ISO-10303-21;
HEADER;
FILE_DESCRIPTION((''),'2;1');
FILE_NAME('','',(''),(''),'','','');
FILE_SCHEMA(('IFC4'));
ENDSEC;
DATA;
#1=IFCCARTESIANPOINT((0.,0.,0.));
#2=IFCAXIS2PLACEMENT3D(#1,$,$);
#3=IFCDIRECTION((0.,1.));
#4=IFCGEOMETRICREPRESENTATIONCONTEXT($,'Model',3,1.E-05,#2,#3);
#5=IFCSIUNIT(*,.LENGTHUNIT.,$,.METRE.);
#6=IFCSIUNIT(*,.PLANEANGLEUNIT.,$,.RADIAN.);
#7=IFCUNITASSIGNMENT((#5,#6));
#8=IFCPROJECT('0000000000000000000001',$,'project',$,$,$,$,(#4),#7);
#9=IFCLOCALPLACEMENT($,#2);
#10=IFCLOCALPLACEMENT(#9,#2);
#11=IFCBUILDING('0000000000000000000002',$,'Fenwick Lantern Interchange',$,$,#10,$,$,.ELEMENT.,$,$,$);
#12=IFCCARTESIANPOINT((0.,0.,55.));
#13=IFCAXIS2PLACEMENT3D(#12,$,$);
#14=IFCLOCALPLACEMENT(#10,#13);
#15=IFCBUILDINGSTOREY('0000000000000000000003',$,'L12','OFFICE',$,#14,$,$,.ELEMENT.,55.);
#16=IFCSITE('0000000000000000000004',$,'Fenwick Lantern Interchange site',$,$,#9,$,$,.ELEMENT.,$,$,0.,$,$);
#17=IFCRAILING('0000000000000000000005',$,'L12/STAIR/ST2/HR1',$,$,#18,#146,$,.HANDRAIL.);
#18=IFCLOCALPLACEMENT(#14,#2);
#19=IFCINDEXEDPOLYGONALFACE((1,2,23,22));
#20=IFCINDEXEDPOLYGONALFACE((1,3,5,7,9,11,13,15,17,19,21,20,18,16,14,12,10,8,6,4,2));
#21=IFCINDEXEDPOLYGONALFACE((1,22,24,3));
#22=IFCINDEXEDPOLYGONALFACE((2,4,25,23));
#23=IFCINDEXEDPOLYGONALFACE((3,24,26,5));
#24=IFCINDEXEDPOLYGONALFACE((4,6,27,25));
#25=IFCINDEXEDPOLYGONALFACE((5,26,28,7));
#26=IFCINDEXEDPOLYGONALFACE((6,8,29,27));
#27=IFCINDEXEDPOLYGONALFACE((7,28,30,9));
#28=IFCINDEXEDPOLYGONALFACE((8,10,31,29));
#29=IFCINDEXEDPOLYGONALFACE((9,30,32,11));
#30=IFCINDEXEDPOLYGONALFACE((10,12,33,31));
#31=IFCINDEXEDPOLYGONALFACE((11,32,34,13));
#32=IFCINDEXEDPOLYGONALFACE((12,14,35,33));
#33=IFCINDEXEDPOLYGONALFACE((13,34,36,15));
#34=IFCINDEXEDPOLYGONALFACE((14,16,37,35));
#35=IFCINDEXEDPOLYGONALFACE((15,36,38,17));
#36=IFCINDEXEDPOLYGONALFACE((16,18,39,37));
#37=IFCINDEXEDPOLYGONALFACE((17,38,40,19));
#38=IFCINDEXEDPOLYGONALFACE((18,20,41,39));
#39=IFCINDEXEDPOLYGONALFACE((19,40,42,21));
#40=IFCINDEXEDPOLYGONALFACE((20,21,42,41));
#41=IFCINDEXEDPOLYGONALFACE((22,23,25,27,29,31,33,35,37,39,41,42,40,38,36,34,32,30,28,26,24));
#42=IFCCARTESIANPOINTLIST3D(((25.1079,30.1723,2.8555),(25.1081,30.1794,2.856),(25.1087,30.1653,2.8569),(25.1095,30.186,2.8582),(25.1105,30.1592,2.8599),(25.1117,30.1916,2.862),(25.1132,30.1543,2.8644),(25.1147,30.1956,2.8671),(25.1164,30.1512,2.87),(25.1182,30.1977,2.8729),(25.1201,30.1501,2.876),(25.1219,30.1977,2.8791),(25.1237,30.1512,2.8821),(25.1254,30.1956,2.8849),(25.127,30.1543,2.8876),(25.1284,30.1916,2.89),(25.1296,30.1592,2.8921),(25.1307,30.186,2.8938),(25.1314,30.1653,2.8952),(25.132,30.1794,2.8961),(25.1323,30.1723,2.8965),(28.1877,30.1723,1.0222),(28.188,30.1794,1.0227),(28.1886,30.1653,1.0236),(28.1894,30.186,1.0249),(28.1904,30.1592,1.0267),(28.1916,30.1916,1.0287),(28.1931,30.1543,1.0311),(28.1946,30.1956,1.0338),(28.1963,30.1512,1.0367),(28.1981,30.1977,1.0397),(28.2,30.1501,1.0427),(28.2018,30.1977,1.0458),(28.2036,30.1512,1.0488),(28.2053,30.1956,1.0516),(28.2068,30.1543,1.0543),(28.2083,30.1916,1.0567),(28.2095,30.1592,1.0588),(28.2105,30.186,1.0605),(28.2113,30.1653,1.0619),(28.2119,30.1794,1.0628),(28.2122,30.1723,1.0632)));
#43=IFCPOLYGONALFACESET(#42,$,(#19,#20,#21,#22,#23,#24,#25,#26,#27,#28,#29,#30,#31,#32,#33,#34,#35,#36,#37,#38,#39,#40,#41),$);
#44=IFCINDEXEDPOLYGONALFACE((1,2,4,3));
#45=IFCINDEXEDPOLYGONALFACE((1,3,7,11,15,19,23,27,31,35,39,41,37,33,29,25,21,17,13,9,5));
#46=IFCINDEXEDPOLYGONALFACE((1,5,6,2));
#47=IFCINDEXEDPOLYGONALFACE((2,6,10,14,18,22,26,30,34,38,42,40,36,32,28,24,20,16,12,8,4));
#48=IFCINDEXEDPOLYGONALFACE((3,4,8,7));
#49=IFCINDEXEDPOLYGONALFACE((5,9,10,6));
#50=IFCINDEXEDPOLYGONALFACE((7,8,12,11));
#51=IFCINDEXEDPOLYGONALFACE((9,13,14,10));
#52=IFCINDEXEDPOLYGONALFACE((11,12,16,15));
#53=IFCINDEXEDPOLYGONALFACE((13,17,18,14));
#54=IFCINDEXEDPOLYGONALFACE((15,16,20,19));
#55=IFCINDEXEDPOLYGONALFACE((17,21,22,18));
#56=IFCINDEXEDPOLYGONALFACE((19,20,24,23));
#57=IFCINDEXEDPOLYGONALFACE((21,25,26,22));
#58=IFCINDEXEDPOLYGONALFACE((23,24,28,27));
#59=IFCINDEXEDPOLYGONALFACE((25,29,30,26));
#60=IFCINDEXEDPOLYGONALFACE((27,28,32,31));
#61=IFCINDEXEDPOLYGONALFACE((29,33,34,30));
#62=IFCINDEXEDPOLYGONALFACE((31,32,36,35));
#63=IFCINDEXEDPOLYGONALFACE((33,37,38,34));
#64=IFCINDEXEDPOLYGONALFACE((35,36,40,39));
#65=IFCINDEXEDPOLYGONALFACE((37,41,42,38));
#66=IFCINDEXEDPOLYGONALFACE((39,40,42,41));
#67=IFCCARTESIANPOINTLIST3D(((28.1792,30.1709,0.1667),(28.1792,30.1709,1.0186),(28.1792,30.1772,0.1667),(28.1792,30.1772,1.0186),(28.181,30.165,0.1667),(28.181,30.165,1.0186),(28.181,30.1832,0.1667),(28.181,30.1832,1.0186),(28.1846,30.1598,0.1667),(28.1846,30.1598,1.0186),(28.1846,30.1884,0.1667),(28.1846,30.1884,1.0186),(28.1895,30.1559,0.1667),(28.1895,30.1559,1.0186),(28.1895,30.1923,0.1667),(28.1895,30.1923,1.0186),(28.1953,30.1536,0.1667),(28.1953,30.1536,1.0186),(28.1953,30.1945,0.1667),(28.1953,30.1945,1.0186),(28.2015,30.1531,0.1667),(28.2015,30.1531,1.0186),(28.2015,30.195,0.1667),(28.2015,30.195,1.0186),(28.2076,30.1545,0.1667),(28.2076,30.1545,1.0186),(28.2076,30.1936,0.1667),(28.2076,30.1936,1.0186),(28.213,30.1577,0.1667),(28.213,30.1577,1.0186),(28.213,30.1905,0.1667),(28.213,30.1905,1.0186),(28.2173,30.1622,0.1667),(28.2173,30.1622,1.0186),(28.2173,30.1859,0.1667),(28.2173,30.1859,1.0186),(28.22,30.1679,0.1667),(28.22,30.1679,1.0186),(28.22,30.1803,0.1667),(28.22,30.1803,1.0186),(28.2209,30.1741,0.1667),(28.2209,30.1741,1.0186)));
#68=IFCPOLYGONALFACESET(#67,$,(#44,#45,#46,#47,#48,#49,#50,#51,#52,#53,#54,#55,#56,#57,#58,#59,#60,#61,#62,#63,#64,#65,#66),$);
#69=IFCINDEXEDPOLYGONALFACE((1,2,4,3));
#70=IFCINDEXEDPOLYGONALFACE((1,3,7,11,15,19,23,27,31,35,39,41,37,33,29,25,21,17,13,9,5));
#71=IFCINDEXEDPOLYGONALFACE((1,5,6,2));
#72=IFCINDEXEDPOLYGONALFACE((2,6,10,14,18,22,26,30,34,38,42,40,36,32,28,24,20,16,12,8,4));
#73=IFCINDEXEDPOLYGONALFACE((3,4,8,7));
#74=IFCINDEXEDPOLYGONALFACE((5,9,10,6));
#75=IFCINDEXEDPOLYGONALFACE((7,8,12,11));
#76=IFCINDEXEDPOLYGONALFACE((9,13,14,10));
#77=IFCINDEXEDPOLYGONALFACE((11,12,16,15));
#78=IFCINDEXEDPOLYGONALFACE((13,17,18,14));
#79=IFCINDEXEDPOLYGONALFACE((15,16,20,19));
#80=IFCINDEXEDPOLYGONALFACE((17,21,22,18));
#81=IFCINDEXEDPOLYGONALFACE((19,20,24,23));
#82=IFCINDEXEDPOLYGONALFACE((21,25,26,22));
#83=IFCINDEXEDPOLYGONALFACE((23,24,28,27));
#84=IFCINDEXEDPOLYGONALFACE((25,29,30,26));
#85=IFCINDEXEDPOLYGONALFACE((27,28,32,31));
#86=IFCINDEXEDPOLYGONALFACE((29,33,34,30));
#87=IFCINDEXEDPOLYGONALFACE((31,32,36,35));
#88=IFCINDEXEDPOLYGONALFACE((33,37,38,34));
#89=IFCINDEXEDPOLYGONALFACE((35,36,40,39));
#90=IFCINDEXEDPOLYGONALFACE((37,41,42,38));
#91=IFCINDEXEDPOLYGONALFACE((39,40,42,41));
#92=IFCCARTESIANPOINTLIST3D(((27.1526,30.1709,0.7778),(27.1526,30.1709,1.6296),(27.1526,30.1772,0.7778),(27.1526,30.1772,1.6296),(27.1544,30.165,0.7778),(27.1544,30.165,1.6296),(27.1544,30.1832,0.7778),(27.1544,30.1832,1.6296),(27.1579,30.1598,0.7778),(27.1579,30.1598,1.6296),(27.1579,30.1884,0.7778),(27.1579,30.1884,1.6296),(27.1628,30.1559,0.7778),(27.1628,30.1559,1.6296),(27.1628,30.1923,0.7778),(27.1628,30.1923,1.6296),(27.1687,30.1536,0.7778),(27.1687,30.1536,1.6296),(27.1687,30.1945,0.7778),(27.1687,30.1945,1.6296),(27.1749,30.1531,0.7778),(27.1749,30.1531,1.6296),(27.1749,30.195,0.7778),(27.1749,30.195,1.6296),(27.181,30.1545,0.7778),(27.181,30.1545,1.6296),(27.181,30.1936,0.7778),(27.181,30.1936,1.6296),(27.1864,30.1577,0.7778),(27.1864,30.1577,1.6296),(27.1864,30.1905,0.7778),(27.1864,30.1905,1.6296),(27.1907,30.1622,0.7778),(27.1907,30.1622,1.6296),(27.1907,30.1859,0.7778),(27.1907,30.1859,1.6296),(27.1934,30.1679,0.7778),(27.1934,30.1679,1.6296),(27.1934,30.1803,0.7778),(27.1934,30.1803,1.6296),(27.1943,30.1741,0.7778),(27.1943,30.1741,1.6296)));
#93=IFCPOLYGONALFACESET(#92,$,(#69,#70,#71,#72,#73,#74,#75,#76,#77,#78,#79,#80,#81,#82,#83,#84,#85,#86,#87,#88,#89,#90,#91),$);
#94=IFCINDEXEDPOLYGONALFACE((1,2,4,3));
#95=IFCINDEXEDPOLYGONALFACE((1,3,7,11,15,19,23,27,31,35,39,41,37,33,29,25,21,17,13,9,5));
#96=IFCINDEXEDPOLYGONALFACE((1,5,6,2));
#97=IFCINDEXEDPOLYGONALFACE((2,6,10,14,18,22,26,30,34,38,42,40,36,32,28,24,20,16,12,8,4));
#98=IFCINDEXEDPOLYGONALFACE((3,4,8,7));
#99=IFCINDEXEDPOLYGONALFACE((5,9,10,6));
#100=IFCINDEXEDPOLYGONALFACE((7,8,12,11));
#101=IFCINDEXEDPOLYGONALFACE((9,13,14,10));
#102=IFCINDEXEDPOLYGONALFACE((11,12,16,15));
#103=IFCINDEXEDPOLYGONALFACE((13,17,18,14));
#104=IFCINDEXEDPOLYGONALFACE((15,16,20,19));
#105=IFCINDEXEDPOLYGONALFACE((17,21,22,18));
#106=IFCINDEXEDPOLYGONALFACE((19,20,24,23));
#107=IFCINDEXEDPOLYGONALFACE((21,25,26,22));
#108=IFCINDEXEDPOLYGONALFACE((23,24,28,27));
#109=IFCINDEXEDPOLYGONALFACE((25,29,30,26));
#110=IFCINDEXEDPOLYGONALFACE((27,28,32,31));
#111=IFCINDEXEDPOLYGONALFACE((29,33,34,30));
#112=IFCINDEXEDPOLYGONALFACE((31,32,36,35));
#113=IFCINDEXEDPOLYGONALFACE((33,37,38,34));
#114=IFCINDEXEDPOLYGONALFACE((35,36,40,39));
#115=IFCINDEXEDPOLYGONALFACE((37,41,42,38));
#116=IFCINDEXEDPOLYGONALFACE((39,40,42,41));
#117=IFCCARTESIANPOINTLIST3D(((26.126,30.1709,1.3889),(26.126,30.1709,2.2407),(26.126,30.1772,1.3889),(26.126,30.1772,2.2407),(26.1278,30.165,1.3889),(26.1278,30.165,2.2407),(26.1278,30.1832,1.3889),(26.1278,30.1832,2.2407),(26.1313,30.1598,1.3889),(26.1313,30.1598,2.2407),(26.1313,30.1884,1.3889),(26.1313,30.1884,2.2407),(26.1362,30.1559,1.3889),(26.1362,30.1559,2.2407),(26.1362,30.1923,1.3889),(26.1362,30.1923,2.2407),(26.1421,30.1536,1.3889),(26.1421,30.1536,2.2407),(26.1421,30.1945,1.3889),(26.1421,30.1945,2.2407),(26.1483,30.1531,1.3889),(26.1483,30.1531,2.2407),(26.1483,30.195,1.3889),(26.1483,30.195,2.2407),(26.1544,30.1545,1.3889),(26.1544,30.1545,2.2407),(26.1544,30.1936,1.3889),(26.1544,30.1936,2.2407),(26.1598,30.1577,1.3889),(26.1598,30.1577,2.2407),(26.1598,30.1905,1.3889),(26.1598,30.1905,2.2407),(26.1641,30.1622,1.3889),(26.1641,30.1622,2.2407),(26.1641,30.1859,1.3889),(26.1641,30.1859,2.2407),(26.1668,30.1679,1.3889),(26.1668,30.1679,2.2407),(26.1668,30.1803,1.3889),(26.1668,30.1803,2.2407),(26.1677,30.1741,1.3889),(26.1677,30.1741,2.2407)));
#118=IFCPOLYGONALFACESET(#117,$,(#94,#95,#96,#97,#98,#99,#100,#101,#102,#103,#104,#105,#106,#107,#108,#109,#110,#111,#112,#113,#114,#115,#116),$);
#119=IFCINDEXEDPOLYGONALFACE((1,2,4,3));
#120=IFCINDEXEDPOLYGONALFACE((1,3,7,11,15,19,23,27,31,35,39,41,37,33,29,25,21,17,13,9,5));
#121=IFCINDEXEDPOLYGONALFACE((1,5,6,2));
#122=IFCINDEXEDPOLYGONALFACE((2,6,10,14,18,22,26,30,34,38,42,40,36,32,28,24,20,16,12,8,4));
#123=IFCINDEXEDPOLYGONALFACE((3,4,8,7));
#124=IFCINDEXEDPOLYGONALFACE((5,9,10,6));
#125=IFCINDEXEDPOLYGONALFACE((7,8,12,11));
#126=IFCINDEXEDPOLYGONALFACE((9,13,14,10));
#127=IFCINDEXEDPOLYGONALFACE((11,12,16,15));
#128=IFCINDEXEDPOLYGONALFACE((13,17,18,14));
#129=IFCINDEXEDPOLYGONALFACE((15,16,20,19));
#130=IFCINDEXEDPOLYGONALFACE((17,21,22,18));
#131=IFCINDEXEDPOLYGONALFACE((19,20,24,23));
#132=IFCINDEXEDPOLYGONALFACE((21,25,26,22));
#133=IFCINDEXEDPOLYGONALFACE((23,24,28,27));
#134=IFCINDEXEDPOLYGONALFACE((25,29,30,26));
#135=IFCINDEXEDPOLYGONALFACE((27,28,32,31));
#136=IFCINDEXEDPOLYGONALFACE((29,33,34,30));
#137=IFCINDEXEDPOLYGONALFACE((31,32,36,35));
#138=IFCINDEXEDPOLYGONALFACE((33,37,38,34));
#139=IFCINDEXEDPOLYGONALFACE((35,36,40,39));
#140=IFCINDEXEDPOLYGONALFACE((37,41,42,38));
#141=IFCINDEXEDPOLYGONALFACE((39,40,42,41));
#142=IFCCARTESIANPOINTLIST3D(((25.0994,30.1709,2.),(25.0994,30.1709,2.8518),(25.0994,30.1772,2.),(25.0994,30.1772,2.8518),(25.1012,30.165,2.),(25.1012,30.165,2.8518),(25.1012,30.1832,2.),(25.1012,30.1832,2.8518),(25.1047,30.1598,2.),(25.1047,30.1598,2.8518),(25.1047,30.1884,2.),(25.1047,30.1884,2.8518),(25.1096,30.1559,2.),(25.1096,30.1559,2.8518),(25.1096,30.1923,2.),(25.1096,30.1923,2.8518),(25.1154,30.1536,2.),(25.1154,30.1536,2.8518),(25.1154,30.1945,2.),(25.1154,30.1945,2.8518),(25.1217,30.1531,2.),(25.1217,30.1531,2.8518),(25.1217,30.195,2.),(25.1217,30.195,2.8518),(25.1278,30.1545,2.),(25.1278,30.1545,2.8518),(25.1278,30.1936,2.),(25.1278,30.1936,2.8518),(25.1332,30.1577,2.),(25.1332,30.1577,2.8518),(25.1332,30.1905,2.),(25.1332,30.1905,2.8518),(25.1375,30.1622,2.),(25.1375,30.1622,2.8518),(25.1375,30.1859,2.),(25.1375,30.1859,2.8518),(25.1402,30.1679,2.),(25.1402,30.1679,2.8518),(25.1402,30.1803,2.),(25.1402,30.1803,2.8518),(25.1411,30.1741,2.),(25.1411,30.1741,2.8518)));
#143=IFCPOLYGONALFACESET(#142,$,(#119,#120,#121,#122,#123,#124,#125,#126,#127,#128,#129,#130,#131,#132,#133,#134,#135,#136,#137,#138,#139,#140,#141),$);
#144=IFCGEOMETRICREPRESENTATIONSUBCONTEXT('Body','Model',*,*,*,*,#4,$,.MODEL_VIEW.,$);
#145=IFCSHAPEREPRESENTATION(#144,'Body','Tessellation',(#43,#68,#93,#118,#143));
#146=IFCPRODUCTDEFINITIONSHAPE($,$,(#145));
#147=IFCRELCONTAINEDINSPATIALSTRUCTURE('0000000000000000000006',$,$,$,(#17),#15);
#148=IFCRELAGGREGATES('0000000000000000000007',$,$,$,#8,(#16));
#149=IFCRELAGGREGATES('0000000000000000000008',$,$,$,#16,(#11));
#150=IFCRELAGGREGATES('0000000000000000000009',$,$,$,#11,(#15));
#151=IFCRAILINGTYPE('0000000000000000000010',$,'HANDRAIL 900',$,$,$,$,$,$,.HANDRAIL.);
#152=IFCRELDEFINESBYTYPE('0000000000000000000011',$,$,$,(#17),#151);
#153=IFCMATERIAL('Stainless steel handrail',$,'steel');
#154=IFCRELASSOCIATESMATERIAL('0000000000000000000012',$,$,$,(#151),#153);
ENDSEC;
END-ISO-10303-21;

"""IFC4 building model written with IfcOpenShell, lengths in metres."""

from ifc_helpers import new_model, si_unit, direction, frame, origin, origin_2d, place, context, subcontext, project, spatial, circle, extrude, material, type_object, element, save


model = new_model("IFC4")

# Units and contexts
model_context = context("Model", 3, precision=1e-05, world=origin(), true_north=direction((0.0, 1.0)))
body_context = subcontext(model_context, "Body", "Model", "MODEL_VIEW")
ifc_project = project(units=[si_unit("LENGTHUNIT", "METRE"), si_unit("PLANEANGLEUNIT", "RADIAN")], contexts=[model_context])

# Site, building, storey
site_placement = place(None, origin())
site = spatial("IfcSite", under=ifc_project, at=site_placement, Name="Fenwick Lantern Interchange site", CompositionType="ELEMENT", RefElevation=0.0)
building_placement = place(site_placement, origin())
building = spatial("IfcBuilding", under=site, at=building_placement, Name="Fenwick Lantern Interchange", CompositionType="ELEMENT")
storey_placement = place(building_placement, frame((0.0, 0.0, 55.0)))
storey = spatial("IfcBuildingStorey", under=building, at=storey_placement, Name="L12", Description="OFFICE", CompositionType="ELEMENT", Elevation=55.0)

# Railing
ifc_material_1 = material(Name="Stainless steel handrail", Category="steel")
railing_type = type_object("IfcRailingType", Name="HANDRAIL 900", PredefinedType="HANDRAIL", material=ifc_material_1)
railing_1_placement = place(storey_placement, frame((28.2, 30.1741, 0.1667)))
element("IfcRailing", 1, at=railing_1_placement, inside=storey, type_object=railing_type, Name="L12/STAIR/ST2/HR1", PredefinedType="HANDRAIL", context=body_context, shape_type="SweptSolid", body=[
    extrude(circle(Radius=0.0239, at=origin_2d()), frame((0.0, 0.0, 0.876), z_axis=(-0.859291, 0.0, 0.511487), x_axis=(0.0, -1.0, 0.0)), (0.0, 0.0, 1.0), 3.5842),
    extrude(circle(Radius=0.021, at=origin_2d()), origin(), (0.0, 0.0, 1.0), 0.8518),
    extrude(circle(Radius=0.021, at=origin_2d()), frame((-1.0266, 0.0, 0.6111)), (0.0, 0.0, 1.0), 0.8518),
    extrude(circle(Radius=0.021, at=origin_2d()), frame((-2.0532, 0.0, 1.2222)), (0.0, 0.0, 1.0), 0.8518),
    extrude(circle(Radius=0.021, at=origin_2d()), frame((-3.0798, 0.0, 1.8333)), (0.0, 0.0, 1.0), 0.8518),
])

save(model, "model.ifc")
